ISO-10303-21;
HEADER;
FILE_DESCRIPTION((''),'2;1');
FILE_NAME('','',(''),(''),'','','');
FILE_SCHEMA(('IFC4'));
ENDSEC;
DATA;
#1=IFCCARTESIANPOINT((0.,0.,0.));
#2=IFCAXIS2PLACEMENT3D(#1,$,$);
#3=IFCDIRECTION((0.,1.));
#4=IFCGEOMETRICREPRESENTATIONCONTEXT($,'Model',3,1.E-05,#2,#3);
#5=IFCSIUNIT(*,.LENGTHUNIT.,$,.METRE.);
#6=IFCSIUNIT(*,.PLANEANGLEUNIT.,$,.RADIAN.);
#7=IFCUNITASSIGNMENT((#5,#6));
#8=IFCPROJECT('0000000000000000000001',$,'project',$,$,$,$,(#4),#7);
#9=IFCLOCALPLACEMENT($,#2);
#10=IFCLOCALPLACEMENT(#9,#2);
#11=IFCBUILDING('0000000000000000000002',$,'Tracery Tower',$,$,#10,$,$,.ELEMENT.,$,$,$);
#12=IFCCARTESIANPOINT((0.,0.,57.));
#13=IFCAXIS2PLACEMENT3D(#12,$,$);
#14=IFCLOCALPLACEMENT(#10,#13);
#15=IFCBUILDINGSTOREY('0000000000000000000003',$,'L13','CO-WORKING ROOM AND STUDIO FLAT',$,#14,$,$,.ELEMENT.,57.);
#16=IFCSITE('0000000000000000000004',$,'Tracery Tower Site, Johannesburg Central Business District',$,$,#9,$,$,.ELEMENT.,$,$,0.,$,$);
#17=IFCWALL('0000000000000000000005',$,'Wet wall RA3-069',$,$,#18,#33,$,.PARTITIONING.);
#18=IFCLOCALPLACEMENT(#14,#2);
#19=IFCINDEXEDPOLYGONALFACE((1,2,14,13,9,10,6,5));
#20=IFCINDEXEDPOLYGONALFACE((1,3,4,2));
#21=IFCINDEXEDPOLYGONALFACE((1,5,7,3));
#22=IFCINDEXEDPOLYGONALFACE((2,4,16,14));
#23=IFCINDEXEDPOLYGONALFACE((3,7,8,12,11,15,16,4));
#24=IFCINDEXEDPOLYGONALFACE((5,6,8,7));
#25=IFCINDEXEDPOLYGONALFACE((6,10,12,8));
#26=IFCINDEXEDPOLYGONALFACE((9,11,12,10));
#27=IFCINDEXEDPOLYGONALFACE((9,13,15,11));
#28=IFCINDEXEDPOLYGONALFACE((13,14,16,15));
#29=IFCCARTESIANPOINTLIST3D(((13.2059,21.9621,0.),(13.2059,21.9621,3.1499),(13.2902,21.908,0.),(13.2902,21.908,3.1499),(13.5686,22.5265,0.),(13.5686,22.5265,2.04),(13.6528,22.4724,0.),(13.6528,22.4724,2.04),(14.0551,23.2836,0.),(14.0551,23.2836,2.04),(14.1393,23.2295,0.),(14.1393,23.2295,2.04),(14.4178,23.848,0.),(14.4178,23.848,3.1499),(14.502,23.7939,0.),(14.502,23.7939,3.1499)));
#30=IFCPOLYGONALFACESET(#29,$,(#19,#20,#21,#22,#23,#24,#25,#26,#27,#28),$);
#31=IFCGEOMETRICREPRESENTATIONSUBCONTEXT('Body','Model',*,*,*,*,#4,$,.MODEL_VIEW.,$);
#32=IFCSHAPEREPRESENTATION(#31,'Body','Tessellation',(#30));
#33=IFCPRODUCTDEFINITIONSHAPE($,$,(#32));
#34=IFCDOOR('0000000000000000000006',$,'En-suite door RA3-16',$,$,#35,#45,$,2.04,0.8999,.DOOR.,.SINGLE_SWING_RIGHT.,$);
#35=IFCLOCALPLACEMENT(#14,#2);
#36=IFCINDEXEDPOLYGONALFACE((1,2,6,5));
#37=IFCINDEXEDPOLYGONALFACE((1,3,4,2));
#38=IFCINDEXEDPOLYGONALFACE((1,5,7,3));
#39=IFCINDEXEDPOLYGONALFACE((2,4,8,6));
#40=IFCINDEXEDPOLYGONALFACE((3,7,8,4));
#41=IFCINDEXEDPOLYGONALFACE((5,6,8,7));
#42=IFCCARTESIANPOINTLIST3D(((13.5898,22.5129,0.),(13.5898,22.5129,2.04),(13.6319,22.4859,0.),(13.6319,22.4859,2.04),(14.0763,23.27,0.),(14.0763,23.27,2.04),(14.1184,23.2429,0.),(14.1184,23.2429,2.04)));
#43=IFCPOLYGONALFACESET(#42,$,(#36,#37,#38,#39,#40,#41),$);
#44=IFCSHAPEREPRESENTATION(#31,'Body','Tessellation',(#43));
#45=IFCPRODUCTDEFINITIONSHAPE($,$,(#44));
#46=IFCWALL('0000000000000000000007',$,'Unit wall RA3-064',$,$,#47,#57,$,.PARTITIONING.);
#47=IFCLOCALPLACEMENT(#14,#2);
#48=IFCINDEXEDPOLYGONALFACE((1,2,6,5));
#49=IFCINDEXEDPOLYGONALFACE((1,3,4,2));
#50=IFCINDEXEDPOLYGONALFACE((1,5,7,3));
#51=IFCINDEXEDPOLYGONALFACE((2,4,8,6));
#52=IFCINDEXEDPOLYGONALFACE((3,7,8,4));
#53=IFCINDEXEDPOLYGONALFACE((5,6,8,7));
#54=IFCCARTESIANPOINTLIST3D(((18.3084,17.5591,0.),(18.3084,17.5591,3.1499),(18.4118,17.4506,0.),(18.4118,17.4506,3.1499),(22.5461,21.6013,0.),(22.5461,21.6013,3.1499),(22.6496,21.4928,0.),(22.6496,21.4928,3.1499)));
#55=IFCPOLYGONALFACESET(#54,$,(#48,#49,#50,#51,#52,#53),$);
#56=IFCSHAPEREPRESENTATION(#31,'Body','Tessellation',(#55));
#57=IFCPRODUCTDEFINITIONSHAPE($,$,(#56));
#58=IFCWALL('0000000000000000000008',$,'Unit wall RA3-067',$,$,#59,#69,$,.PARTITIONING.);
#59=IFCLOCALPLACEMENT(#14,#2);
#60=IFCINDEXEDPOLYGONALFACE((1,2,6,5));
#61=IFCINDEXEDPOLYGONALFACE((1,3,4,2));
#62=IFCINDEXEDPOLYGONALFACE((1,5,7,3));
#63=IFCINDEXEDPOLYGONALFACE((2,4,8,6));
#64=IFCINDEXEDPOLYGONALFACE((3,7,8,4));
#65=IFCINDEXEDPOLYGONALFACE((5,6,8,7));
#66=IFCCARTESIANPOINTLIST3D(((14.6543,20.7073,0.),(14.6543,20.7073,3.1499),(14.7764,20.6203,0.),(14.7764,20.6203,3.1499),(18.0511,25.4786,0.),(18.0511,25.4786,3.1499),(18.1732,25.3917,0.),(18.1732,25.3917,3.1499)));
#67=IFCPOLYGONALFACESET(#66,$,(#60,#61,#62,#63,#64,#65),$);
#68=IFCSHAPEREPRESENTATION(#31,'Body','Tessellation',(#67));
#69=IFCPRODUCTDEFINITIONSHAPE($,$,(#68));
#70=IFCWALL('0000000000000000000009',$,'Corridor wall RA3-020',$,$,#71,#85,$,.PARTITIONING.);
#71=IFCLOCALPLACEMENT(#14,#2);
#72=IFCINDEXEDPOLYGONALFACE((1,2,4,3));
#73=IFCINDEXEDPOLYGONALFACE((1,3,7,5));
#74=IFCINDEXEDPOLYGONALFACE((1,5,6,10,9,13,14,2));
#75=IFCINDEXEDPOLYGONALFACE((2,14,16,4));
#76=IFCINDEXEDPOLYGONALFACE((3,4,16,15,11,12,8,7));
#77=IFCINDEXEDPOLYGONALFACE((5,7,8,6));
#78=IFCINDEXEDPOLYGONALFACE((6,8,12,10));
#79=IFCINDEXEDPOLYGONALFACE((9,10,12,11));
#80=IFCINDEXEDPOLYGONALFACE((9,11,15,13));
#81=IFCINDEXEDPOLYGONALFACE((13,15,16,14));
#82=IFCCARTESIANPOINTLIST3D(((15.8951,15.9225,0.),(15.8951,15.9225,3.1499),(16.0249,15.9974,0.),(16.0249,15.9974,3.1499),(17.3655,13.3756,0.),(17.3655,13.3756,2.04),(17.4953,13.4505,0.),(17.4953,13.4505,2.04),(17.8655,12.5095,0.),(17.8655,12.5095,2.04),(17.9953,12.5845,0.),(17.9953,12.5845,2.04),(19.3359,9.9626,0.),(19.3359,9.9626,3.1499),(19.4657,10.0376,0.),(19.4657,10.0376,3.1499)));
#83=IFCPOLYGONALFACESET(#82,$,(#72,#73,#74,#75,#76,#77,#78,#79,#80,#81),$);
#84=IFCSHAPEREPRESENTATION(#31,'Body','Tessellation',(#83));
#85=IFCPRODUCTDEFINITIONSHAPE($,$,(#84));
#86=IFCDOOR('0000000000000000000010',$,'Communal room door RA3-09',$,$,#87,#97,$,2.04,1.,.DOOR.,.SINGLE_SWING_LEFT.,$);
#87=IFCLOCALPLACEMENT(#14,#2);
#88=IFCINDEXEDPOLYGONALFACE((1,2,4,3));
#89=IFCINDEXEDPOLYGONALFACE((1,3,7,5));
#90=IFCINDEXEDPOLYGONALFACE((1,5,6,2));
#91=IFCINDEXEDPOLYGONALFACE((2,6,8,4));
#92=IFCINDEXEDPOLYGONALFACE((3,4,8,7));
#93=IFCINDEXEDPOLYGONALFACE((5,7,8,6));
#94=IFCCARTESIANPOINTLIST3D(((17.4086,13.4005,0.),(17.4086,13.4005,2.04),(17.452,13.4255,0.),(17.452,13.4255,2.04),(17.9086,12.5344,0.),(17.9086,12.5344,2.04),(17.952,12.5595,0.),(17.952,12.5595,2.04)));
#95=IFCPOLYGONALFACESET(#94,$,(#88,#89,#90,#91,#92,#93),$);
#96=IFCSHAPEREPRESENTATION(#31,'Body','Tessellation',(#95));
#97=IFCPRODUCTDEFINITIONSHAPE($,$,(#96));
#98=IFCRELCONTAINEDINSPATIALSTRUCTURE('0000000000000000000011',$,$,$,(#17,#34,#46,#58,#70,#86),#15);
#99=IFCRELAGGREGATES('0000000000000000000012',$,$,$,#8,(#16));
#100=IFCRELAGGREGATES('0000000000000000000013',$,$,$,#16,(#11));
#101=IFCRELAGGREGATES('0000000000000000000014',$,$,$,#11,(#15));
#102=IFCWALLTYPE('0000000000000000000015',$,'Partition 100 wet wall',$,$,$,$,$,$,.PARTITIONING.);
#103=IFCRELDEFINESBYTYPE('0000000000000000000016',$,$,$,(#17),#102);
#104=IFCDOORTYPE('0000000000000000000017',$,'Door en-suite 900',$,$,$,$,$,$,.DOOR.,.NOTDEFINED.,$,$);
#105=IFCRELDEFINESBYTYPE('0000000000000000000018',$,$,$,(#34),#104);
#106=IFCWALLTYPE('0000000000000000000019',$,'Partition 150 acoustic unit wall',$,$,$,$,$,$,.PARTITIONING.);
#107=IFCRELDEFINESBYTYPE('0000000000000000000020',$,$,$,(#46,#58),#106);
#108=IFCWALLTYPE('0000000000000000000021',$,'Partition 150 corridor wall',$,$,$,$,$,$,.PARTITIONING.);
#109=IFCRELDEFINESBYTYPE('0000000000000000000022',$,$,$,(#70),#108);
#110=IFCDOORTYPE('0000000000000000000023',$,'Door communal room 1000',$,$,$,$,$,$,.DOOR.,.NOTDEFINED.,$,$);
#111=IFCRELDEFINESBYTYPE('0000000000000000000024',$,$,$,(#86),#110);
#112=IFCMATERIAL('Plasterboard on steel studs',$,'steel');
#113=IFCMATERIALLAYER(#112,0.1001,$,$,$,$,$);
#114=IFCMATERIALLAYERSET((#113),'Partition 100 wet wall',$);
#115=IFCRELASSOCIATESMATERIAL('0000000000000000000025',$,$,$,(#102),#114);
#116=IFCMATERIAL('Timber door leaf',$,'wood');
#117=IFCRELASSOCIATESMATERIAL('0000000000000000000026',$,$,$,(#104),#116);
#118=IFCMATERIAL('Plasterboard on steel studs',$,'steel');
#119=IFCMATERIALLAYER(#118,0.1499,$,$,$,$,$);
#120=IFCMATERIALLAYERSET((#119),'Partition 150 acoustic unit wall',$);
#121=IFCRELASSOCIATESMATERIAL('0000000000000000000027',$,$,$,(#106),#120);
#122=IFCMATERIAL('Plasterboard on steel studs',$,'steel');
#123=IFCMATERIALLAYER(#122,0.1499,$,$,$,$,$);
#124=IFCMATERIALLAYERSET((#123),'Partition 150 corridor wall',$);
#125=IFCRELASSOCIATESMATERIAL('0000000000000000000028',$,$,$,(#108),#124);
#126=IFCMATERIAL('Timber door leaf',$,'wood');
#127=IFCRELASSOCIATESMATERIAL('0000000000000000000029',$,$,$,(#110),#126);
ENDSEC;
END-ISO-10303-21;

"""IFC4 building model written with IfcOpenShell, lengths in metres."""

from ifc_helpers import new_model, si_unit, direction, frame, frame_2d, origin, place, context, subcontext, project, spatial, rectangle, extrude, material, layer, layer_set, type_object, element, fill, save


model = new_model("IFC4")

# Units and contexts
model_context = context("Model", 3, precision=1e-05, world=origin(), true_north=direction((0.0, 1.0)))
body_context = subcontext(model_context, "Body", "Model", "MODEL_VIEW")
ifc_project = project(units=[si_unit("LENGTHUNIT", "METRE"), si_unit("PLANEANGLEUNIT", "RADIAN")], contexts=[model_context])

# Site, building, storey
site_placement = place(None, origin())
site = spatial("IfcSite", under=ifc_project, at=site_placement, Name="Tracery Tower Site, Johannesburg Central Business District", CompositionType="ELEMENT", RefElevation=0.0)
building_placement = place(site_placement, origin())
building = spatial("IfcBuilding", under=site, at=building_placement, Name="Tracery Tower", CompositionType="ELEMENT")
storey_placement = place(building_placement, frame((0.0, 0.0, 57.0)))
storey = spatial("IfcBuildingStorey", under=building, at=storey_placement, Name="L13", Description="CO-WORKING ROOM AND STUDIO FLAT", CompositionType="ELEMENT", Elevation=57.0)

# Shared definitions
ifc_material_1 = material(Name="Plasterboard on steel studs", Category="steel")
ifc_layer_1 = layer(ifc_material_1, 0.1001)
ifc_layer_set_1 = layer_set([ifc_layer_1], Name="Partition 100 wet wall")
wall_type_1 = type_object("IfcWallType", Name="Partition 100 wet wall", PredefinedType="PARTITIONING", material=ifc_layer_set_1)
ifc_material_2 = material(Name="Timber door leaf", Category="wood")
door_type_1 = type_object("IfcDoorType", Name="Door en-suite 900", OperationType="NOTDEFINED", PredefinedType="DOOR", material=ifc_material_2)

# Wall, opening, door
wall_1_placement = place(storey_placement, frame((13.248, 21.9351, 0.0), z_axis=(0.0, 0.0, 1.0), x_axis=(0.540598, 0.841281, 0.0)))
wall_1 = element("IfcWall", 1, at=wall_1_placement, inside=storey, type_object=wall_type_1, Name="Wet wall RA3-069", PredefinedType="PARTITIONING", context=body_context, shape_type="SweptSolid", body=[
    extrude(rectangle(XDim=2.2417, YDim=0.1001, at=frame_2d((1.1208, 0.0))), origin(), (0.0, 0.0, 1.0), 3.1499),
])
opening_1_placement = place(wall_1_placement, frame((0.6709, 0.0, 0.0)))
opening_1 = element("IfcOpeningElement", 2, at=opening_1_placement, cuts=wall_1, PredefinedType="OPENING", context=body_context, shape_type="SweptSolid", body=[
    extrude(rectangle(XDim=0.8999, YDim=2.04, at=frame_2d((0.45, 1.02))), frame((0.0, 0.05, 0.0), z_axis=(0.0, -1.0, 0.0), x_axis=(1.0, 0.0, 0.0)), (0.0, 0.0, 1.0), 0.1001),
])
door_1_placement = place(opening_1_placement, origin())
door_1 = element("IfcDoor", 3, at=door_1_placement, inside=storey, type_object=door_type_1, Name="En-suite door RA3-16", OperationType="SINGLE_SWING_RIGHT", OverallHeight=2.04, OverallWidth=0.8999, PredefinedType="DOOR", context=body_context, shape_type="SweptSolid", body=[
    extrude(rectangle(XDim=0.8999, YDim=2.04, at=frame_2d((0.45, 1.02))), frame((0.0, 0.0249, 0.0), z_axis=(0.0, -1.0, 0.0), x_axis=(1.0, 0.0, 0.0)), (0.0, 0.0, 1.0), 0.05),
])
fill(opening_1, door_1)

# Walls
ifc_material_3 = material(Name="Plasterboard on steel studs", Category="steel")
ifc_layer_2 = layer(ifc_material_3, 0.1499)
ifc_layer_set_2 = layer_set([ifc_layer_2], Name="Partition 150 acoustic unit wall")
wall_type_2 = type_object("IfcWallType", Name="Partition 150 acoustic unit wall", PredefinedType="PARTITIONING", material=ifc_layer_set_2)
wall_2_placement = place(storey_placement, frame((18.3601, 17.5049, 0.0), z_axis=(0.0, 0.0, 1.0), x_axis=(0.723605, 0.690214, 0.0)))
element("IfcWall", 4, at=wall_2_placement, inside=storey, type_object=wall_type_2, Name="Unit wall RA3-064", PredefinedType="PARTITIONING", context=body_context, shape_type="SweptSolid", body=[
    extrude(rectangle(XDim=5.8564, YDim=0.1499, at=frame_2d((2.9282, 0.0))), origin(), (0.0, 0.0, 1.0), 3.1499),
])
wall_3_placement = place(storey_placement, frame((14.7153, 20.6638, 0.0), z_axis=(0.0, 0.0, 1.0), x_axis=(0.57996, 0.814645, 0.0)))
element("IfcWall", 5, at=wall_3_placement, inside=storey, type_object=wall_type_2, Name="Unit wall RA3-067", PredefinedType="PARTITIONING", context=body_context, shape_type="SweptSolid", body=[
    extrude(rectangle(XDim=5.8569, YDim=0.1499, at=frame_2d((2.9285, 0.0))), origin(), (0.0, 0.0, 1.0), 3.1499),
])

# Wall, opening, door
ifc_material_4 = material(Name="Plasterboard on steel studs", Category="steel")
ifc_layer_3 = layer(ifc_material_4, 0.1499)
ifc_layer_set_3 = layer_set([ifc_layer_3], Name="Partition 150 corridor wall")
wall_type_3 = type_object("IfcWallType", Name="Partition 150 corridor wall", PredefinedType="PARTITIONING", material=ifc_layer_set_3)
wall_4_placement = place(storey_placement, frame((15.96, 15.96, 0.0), z_axis=(0.0, 0.0, 1.0), x_axis=(0.499993, -0.86603, 0.0)))
wall_4 = element("IfcWall", 6, at=wall_4_placement, inside=storey, type_object=wall_type_3, Name="Corridor wall RA3-020", PredefinedType="PARTITIONING", context=body_context, shape_type="SweptSolid", body=[
    extrude(rectangle(XDim=6.8818, YDim=0.1499, at=frame_2d((3.4409, 0.0))), origin(), (0.0, 0.0, 1.0), 3.1499),
])
opening_2_placement = place(wall_4_placement, frame((2.9409, 0.0, 0.0)))
opening_2 = element("IfcOpeningElement", 7, at=opening_2_placement, cuts=wall_4, PredefinedType="OPENING", context=body_context, shape_type="SweptSolid", body=[
    extrude(rectangle(XDim=1.0, YDim=2.04, at=frame_2d((0.5, 1.02))), frame((0.0, 0.075, 0.0), z_axis=(0.0, -1.0, 0.0), x_axis=(1.0, 0.0, 0.0)), (0.0, 0.0, 1.0), 0.1499),
])
ifc_material_5 = material(Name="Timber door leaf", Category="wood")
door_type_2 = type_object("IfcDoorType", Name="Door communal room 1000", OperationType="NOTDEFINED", PredefinedType="DOOR", material=ifc_material_5)
door_2_placement = place(opening_2_placement, origin())
door_2 = element("IfcDoor", 8, at=door_2_placement, inside=storey, type_object=door_type_2, Name="Communal room door RA3-09", OperationType="SINGLE_SWING_LEFT", OverallHeight=2.04, OverallWidth=1.0, PredefinedType="DOOR", context=body_context, shape_type="SweptSolid", body=[
    extrude(rectangle(XDim=1.0, YDim=2.04, at=frame_2d((0.5, 1.02))), frame((0.0, 0.0249, 0.0), z_axis=(0.0, -1.0, 0.0), x_axis=(1.0, 0.0, 0.0)), (0.0, 0.0, 1.0), 0.05),
])
fill(opening_2, door_2)

save(model, "model.ifc")
